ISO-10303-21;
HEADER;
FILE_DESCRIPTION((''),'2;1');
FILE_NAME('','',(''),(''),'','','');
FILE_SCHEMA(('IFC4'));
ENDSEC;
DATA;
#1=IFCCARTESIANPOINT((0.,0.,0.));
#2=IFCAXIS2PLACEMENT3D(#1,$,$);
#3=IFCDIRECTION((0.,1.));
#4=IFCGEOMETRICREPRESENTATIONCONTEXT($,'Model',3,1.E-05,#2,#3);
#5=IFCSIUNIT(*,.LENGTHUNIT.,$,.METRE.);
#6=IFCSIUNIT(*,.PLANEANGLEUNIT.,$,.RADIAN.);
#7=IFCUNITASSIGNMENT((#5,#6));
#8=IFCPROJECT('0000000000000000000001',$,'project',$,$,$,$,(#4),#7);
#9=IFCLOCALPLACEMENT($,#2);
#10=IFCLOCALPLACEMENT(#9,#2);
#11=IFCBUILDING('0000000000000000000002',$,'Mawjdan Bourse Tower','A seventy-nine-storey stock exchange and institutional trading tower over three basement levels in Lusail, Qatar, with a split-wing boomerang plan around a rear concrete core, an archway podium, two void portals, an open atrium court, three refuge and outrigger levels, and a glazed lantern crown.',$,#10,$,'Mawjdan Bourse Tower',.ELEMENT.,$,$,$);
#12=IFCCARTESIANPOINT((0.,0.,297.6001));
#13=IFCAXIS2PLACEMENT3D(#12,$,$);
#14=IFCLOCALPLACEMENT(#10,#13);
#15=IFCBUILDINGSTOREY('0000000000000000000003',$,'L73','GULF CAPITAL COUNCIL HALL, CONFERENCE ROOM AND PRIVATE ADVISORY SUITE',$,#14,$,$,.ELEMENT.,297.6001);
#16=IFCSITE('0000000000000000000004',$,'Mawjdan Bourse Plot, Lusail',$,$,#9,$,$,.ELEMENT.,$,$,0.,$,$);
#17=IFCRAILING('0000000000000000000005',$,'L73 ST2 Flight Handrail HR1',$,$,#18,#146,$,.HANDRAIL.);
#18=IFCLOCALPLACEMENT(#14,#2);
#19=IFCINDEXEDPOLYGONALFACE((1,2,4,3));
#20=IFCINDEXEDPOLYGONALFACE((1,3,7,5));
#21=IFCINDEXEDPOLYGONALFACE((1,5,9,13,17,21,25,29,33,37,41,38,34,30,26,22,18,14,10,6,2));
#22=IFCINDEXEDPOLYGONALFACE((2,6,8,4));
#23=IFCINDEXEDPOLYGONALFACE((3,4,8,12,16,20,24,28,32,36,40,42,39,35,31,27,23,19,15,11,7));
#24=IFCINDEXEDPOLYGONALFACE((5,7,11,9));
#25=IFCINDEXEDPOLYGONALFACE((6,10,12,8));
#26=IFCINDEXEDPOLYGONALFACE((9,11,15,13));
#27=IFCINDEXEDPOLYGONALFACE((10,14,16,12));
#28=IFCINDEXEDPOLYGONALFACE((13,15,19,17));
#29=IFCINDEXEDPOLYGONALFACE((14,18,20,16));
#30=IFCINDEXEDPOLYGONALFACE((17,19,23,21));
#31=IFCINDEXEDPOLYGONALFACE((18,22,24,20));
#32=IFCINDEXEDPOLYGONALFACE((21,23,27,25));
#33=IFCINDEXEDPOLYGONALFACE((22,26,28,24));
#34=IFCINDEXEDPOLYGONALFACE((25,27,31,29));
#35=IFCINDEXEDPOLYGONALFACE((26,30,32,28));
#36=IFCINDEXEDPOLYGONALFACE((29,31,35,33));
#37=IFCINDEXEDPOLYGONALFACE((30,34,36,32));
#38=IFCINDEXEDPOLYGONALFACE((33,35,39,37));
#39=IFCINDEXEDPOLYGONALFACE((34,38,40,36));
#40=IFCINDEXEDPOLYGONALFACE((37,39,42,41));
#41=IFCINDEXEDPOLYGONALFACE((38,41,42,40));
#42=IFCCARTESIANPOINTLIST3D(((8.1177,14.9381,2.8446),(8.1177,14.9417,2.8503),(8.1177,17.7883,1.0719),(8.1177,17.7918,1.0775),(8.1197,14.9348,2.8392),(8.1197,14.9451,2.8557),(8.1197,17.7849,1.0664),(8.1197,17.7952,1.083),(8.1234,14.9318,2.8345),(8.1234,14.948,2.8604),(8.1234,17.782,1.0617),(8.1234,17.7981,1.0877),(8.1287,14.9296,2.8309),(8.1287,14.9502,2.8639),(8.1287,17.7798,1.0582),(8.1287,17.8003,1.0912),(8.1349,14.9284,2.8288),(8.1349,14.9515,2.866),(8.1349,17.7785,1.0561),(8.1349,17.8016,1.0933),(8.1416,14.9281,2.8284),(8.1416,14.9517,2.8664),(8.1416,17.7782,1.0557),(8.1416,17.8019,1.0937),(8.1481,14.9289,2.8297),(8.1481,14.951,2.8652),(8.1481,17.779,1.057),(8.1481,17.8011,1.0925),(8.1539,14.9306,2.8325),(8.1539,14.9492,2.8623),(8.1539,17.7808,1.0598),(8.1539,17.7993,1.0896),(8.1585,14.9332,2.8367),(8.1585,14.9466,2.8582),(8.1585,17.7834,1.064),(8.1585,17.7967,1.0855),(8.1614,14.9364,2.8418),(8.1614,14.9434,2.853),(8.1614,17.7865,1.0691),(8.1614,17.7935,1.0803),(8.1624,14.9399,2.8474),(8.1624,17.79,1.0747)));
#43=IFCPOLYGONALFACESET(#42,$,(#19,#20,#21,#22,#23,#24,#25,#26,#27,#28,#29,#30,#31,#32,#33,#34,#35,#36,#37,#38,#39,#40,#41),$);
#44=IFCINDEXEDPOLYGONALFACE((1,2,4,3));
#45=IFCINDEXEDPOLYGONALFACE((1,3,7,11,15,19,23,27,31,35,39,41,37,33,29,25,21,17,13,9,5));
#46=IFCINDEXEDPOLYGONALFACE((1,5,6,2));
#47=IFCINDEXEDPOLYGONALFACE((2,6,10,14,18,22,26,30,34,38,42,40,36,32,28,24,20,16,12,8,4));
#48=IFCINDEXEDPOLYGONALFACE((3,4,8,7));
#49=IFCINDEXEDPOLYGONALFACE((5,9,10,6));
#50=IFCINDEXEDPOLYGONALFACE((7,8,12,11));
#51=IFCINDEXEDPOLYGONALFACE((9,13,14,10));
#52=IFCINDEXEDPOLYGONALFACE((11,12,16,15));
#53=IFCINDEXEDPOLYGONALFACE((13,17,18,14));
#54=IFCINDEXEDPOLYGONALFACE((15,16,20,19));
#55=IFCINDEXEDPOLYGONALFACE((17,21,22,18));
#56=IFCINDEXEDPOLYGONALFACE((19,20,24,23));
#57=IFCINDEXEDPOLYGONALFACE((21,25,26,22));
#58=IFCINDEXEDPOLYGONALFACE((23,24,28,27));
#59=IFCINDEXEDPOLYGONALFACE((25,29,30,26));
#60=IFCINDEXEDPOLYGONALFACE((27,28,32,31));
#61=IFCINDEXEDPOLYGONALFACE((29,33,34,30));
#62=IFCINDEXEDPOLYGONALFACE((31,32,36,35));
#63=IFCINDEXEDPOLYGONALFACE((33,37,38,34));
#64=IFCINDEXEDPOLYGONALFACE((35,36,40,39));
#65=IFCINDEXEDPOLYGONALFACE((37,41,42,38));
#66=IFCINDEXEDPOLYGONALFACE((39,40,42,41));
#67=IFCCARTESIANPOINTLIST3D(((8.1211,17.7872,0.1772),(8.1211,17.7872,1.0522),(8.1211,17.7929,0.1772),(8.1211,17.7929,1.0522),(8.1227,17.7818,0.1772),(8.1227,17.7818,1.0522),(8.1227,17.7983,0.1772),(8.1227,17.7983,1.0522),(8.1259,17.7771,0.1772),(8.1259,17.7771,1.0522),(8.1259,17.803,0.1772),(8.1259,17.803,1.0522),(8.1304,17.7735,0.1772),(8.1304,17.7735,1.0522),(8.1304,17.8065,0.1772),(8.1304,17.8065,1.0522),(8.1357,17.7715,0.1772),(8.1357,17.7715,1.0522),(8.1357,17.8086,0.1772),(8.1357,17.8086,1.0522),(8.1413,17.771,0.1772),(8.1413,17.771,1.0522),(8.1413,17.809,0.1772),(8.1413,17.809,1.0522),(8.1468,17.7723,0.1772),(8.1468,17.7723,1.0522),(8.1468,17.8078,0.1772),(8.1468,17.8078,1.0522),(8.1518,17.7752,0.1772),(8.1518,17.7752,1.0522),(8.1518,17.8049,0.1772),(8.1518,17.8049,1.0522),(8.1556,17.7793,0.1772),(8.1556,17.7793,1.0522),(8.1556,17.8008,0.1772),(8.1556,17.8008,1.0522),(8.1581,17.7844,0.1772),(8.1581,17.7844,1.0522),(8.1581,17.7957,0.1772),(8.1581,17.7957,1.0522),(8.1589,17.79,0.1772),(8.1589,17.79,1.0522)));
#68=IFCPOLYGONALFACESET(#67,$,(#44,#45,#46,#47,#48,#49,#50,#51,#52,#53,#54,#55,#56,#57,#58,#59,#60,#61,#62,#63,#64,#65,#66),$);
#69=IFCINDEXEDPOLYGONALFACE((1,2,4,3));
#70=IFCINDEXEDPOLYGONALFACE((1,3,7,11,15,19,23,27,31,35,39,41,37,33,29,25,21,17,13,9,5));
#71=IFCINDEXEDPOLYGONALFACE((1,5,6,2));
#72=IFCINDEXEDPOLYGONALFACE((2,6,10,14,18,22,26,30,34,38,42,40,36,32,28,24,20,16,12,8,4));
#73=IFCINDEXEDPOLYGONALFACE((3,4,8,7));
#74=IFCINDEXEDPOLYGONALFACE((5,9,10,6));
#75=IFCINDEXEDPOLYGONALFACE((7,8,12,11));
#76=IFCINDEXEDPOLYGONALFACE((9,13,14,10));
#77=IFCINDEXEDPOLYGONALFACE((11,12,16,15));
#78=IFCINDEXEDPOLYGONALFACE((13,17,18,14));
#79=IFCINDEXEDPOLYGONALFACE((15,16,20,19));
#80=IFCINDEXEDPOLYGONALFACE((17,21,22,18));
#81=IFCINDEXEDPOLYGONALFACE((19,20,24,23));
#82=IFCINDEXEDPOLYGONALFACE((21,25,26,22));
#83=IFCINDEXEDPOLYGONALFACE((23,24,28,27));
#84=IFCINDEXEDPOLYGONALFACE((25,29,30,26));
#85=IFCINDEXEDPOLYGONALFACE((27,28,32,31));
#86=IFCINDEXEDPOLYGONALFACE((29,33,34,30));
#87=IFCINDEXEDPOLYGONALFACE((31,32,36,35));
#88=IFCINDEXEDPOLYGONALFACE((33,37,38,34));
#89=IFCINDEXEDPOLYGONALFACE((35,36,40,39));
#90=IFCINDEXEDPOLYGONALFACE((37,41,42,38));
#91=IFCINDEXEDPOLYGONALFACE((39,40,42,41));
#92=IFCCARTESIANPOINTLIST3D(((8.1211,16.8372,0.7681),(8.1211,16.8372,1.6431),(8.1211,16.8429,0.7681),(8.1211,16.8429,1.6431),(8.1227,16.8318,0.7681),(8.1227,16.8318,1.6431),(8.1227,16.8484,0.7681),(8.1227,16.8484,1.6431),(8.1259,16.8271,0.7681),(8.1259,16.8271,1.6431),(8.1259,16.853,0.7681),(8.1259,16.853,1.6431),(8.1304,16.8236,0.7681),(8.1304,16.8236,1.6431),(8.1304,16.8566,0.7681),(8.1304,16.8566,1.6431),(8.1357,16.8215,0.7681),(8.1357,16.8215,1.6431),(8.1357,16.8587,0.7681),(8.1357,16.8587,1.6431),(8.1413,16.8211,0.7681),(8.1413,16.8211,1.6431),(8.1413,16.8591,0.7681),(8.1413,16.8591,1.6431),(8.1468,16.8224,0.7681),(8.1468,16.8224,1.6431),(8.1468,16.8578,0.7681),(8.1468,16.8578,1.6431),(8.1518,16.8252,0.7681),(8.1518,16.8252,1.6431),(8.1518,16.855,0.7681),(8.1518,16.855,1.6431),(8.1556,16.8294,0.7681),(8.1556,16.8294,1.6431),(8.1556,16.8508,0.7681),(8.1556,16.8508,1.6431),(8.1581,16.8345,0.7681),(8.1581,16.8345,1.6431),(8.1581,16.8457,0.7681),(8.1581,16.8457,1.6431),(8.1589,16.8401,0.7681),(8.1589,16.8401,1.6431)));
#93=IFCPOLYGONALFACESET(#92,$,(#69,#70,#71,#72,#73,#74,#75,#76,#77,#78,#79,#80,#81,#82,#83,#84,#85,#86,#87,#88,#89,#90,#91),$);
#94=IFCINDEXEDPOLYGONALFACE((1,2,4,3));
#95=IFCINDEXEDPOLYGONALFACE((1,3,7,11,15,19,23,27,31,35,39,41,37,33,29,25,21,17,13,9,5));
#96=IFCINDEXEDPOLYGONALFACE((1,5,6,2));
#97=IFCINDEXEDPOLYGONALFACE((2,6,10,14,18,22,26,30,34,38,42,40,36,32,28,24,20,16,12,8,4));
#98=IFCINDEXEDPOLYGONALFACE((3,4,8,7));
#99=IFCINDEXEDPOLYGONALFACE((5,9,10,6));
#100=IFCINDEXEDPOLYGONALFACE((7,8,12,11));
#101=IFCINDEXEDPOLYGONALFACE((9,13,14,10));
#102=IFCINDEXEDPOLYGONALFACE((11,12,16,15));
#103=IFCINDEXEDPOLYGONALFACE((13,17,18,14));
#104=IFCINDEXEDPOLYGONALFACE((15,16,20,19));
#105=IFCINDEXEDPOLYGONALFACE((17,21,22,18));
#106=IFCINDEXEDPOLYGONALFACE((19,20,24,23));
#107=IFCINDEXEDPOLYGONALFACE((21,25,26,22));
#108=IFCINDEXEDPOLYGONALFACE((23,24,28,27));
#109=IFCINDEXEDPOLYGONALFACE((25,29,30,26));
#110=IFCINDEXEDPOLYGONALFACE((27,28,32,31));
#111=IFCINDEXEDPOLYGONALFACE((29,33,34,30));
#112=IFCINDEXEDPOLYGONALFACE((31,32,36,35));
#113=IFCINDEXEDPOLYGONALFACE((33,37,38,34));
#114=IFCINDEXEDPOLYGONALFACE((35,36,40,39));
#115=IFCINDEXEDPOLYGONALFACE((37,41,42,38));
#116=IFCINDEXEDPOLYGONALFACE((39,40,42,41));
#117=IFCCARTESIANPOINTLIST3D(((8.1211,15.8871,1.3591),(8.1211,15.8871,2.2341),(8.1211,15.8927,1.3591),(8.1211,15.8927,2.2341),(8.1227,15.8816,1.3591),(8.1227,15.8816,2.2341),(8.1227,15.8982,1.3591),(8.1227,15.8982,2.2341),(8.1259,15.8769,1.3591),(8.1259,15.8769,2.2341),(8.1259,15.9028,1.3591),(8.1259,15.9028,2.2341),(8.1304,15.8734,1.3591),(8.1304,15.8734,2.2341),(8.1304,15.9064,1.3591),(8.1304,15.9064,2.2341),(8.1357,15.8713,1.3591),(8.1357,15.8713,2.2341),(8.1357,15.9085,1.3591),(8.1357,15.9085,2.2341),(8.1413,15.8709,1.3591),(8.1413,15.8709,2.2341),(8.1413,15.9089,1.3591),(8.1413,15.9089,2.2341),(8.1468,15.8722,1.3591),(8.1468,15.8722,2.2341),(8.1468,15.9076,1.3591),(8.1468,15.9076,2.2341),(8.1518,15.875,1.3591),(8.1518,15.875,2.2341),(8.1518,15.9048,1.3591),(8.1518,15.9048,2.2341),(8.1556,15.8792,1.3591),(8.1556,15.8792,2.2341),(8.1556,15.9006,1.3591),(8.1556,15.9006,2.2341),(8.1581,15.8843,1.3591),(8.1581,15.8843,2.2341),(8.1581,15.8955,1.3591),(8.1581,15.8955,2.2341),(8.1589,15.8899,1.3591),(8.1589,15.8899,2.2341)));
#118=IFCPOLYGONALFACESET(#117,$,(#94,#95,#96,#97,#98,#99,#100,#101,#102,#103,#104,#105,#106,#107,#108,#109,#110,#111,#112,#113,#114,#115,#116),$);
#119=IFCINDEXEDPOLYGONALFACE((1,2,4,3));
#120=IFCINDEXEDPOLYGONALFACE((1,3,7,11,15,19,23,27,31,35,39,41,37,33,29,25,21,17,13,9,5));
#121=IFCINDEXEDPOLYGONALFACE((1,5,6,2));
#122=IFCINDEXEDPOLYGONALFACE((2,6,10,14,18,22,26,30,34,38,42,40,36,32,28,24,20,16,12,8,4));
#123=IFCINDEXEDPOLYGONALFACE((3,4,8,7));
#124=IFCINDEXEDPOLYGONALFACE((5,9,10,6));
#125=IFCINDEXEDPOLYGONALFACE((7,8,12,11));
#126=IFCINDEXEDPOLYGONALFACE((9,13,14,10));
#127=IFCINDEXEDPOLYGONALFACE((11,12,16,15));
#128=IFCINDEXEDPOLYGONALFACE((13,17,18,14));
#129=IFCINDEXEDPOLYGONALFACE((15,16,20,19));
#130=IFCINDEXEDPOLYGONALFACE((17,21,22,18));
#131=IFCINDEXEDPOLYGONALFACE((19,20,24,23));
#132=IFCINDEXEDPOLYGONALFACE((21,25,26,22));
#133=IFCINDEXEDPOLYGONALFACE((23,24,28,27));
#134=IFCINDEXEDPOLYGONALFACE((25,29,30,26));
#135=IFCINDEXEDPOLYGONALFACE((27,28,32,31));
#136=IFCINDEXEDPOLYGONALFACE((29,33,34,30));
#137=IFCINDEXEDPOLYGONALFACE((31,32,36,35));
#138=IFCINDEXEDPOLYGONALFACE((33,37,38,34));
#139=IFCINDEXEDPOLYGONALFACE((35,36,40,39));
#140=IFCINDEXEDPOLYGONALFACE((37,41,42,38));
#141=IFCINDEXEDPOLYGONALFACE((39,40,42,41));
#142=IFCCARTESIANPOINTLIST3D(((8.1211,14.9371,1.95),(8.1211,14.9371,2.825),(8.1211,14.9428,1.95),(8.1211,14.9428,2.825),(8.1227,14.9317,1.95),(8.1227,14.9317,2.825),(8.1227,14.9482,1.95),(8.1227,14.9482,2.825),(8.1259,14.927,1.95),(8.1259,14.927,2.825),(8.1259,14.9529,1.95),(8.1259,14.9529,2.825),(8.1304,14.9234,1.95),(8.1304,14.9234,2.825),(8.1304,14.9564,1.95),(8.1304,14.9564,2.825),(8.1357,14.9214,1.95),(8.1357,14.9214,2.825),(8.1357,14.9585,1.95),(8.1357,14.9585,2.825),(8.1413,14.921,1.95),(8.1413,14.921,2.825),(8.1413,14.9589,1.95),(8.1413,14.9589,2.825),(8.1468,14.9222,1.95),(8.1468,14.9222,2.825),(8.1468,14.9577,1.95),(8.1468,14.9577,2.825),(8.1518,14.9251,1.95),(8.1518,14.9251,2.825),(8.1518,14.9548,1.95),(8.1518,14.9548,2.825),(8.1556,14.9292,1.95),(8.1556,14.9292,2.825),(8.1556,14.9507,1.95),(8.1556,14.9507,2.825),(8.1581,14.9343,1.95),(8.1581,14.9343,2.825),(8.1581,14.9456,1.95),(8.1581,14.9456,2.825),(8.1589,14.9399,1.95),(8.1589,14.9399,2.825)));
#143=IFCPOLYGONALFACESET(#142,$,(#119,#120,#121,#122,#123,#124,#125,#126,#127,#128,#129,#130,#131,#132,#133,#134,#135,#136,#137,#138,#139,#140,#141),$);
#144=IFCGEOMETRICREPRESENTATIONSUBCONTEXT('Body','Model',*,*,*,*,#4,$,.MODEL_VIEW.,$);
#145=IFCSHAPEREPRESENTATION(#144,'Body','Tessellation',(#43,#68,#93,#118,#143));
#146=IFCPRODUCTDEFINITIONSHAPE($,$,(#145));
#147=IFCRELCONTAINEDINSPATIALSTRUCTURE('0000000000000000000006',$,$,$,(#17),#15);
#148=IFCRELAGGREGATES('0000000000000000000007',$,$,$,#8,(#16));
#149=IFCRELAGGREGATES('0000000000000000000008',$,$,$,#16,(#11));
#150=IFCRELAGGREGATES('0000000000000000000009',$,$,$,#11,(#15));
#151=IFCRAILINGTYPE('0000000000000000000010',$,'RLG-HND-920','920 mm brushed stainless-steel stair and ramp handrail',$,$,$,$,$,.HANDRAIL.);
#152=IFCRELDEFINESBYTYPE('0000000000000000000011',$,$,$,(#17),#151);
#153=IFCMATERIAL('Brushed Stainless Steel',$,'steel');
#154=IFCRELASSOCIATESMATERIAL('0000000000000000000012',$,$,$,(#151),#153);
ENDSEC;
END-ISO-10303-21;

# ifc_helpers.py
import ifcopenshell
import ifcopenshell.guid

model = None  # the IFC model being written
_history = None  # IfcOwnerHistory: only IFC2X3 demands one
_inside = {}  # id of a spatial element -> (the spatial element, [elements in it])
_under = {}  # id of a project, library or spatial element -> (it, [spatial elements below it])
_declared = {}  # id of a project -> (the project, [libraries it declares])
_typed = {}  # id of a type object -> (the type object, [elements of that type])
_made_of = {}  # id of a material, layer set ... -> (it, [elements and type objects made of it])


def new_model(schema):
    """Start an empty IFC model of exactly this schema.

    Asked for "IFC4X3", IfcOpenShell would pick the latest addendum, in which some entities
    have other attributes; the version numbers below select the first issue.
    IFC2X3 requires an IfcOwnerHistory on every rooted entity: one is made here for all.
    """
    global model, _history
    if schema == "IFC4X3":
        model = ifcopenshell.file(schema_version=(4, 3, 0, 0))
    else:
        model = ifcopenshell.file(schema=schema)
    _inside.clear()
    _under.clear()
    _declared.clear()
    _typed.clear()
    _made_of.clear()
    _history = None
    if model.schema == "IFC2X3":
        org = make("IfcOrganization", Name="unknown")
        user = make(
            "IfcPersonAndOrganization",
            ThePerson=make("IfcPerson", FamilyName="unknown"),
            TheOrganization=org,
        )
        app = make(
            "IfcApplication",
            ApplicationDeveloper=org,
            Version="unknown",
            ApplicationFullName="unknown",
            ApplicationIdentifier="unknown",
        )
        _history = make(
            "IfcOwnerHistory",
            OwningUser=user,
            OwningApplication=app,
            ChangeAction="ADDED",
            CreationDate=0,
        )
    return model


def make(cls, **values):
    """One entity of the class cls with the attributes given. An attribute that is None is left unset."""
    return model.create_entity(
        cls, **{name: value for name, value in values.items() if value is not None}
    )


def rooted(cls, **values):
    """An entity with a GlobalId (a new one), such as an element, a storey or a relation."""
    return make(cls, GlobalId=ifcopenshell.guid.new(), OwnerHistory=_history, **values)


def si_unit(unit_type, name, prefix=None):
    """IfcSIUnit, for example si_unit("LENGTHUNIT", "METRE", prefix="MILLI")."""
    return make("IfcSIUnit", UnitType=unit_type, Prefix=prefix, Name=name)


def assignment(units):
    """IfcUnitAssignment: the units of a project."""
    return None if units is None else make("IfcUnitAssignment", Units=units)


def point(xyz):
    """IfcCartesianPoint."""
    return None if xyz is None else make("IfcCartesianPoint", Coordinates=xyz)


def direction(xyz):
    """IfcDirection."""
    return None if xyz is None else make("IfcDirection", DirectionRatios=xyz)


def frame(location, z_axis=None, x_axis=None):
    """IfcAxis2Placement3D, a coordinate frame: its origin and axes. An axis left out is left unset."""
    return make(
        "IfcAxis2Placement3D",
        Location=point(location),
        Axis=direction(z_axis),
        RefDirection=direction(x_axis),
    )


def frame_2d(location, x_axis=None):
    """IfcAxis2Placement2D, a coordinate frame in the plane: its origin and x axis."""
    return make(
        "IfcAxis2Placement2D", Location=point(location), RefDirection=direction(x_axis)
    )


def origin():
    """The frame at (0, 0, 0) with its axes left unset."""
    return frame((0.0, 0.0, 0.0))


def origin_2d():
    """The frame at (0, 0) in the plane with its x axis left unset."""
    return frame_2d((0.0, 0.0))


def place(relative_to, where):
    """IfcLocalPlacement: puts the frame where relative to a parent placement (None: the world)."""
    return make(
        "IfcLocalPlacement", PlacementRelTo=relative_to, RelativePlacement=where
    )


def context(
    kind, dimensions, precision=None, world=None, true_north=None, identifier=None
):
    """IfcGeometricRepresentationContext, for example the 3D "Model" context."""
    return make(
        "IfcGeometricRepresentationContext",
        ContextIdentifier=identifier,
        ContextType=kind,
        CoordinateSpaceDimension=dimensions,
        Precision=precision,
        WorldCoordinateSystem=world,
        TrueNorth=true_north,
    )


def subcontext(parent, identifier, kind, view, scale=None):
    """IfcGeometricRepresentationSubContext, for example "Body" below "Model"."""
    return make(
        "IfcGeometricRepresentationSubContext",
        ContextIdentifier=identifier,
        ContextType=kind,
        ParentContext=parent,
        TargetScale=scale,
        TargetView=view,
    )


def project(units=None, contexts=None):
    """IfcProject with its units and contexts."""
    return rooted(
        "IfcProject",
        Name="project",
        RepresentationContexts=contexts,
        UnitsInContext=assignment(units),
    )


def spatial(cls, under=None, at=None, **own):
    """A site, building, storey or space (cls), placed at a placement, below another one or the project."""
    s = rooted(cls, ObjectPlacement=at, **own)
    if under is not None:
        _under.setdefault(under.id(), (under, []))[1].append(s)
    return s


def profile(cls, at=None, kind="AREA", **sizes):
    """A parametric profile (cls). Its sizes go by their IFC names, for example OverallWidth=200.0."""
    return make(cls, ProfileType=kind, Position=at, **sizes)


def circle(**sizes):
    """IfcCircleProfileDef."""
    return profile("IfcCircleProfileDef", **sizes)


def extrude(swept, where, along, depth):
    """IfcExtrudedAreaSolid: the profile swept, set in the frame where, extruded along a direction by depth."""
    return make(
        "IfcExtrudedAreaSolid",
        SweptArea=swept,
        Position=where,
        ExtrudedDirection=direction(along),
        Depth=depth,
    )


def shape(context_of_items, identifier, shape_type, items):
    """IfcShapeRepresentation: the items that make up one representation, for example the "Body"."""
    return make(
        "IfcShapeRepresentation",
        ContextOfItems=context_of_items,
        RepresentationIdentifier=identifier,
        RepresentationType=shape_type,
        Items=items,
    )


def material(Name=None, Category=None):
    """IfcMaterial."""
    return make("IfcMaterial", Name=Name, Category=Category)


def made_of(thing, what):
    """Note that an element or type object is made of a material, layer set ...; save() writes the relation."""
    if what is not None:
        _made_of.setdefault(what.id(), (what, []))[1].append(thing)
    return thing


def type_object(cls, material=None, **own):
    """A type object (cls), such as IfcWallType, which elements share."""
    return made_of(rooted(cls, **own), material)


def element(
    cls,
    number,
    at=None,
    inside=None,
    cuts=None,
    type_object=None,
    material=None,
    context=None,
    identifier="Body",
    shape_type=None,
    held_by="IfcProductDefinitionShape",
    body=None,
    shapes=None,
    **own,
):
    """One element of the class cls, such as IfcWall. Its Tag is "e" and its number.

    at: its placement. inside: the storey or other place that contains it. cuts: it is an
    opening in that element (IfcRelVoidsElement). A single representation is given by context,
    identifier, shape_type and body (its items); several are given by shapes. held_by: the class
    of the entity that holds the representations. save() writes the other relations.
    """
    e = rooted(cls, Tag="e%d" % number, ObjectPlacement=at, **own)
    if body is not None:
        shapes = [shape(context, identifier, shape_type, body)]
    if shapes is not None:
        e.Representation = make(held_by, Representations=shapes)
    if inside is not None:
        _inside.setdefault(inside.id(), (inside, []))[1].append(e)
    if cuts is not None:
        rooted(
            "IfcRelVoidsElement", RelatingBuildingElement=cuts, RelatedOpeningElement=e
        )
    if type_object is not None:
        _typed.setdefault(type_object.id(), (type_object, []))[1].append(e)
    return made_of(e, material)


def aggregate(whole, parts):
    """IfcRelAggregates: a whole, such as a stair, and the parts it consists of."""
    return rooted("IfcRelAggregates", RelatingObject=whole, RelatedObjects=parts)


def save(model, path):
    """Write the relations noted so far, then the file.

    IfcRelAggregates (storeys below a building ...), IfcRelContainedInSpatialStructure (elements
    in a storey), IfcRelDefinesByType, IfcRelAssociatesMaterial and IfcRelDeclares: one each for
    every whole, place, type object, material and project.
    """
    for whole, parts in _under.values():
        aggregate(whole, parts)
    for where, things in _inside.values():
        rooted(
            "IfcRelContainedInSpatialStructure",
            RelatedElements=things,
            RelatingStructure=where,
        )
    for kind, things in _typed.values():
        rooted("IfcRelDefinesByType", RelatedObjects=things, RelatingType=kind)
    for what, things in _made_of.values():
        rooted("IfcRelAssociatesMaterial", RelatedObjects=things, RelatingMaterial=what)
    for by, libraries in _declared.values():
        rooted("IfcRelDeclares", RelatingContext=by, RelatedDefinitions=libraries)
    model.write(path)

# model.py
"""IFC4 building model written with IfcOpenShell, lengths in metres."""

from ifc_helpers import new_model, si_unit, direction, frame, origin, origin_2d, place, context, subcontext, project, spatial, circle, extrude, material, type_object, element, save


model = new_model("IFC4")

# Units and contexts
model_context = context("Model", 3, precision=1e-05, world=origin(), true_north=direction((0.0, 1.0)))
body_context = subcontext(model_context, "Body", "Model", "MODEL_VIEW")
ifc_project = project(units=[si_unit("LENGTHUNIT", "METRE"), si_unit("PLANEANGLEUNIT", "RADIAN")], contexts=[model_context])

# Site, building, storey
site_placement = place(None, origin())
site = spatial("IfcSite", under=ifc_project, at=site_placement, Name="Mawjdan Bourse Plot, Lusail", CompositionType="ELEMENT", RefElevation=0.0)
building_placement = place(site_placement, origin())
building = spatial("IfcBuilding", under=site, at=building_placement, Name="Mawjdan Bourse Tower", Description="A seventy-nine-storey stock exchange and institutional trading tower over three basement levels in Lusail, Qatar, with a split-wing boomerang plan around a rear concrete core, an archway podium, two void portals, an open atrium court, three refuge and outrigger levels, and a glazed lantern crown.", LongName="Mawjdan Bourse Tower", CompositionType="ELEMENT")
storey_placement = place(building_placement, frame((0.0, 0.0, 297.6001)))
storey = spatial("IfcBuildingStorey", under=building, at=storey_placement, Name="L73", Description="GULF CAPITAL COUNCIL HALL, CONFERENCE ROOM AND PRIVATE ADVISORY SUITE", CompositionType="ELEMENT", Elevation=297.6001)

# Railing
ifc_material_1 = material(Name="Brushed Stainless Steel", Category="steel")
railing_type_1 = type_object("IfcRailingType", Name="RLG-HND-920", Description="920 mm brushed stainless-steel stair and ramp handrail", PredefinedType="HANDRAIL", material=ifc_material_1)
for number, where, name in (
    (1, (8.1399, 17.79, 0.1772), "L73 ST2 Flight Handrail HR1"),
):
    element("IfcRailing", number, at=place(storey_placement, frame(where)), inside=storey, type_object=railing_type_1, Name=name, PredefinedType="HANDRAIL", context=body_context, shape_type="SweptSolid", body=[
        extrude(circle(Radius=0.0225, at=origin_2d()), frame((0.0, 0.0, 0.8975), z_axis=(0.0, -0.849149, 0.528154), x_axis=(1.0, 0.0, 0.0)), (0.0, 0.0, 1.0), 3.3564),
        extrude(circle(Radius=0.019, at=origin_2d()), origin(), (0.0, 0.0, 1.0), 0.875),
        extrude(circle(Radius=0.019, at=origin_2d()), frame((0.0, -0.95, 0.5908)), (0.0, 0.0, 1.0), 0.875),
        extrude(circle(Radius=0.019, at=origin_2d()), frame((0.0, -1.9001, 1.1819)), (0.0, 0.0, 1.0), 0.875),
        extrude(circle(Radius=0.019, at=origin_2d()), frame((0.0, -2.8501, 1.7727)), (0.0, 0.0, 1.0), 0.875),
    ])

save(model, "model.ifc")
